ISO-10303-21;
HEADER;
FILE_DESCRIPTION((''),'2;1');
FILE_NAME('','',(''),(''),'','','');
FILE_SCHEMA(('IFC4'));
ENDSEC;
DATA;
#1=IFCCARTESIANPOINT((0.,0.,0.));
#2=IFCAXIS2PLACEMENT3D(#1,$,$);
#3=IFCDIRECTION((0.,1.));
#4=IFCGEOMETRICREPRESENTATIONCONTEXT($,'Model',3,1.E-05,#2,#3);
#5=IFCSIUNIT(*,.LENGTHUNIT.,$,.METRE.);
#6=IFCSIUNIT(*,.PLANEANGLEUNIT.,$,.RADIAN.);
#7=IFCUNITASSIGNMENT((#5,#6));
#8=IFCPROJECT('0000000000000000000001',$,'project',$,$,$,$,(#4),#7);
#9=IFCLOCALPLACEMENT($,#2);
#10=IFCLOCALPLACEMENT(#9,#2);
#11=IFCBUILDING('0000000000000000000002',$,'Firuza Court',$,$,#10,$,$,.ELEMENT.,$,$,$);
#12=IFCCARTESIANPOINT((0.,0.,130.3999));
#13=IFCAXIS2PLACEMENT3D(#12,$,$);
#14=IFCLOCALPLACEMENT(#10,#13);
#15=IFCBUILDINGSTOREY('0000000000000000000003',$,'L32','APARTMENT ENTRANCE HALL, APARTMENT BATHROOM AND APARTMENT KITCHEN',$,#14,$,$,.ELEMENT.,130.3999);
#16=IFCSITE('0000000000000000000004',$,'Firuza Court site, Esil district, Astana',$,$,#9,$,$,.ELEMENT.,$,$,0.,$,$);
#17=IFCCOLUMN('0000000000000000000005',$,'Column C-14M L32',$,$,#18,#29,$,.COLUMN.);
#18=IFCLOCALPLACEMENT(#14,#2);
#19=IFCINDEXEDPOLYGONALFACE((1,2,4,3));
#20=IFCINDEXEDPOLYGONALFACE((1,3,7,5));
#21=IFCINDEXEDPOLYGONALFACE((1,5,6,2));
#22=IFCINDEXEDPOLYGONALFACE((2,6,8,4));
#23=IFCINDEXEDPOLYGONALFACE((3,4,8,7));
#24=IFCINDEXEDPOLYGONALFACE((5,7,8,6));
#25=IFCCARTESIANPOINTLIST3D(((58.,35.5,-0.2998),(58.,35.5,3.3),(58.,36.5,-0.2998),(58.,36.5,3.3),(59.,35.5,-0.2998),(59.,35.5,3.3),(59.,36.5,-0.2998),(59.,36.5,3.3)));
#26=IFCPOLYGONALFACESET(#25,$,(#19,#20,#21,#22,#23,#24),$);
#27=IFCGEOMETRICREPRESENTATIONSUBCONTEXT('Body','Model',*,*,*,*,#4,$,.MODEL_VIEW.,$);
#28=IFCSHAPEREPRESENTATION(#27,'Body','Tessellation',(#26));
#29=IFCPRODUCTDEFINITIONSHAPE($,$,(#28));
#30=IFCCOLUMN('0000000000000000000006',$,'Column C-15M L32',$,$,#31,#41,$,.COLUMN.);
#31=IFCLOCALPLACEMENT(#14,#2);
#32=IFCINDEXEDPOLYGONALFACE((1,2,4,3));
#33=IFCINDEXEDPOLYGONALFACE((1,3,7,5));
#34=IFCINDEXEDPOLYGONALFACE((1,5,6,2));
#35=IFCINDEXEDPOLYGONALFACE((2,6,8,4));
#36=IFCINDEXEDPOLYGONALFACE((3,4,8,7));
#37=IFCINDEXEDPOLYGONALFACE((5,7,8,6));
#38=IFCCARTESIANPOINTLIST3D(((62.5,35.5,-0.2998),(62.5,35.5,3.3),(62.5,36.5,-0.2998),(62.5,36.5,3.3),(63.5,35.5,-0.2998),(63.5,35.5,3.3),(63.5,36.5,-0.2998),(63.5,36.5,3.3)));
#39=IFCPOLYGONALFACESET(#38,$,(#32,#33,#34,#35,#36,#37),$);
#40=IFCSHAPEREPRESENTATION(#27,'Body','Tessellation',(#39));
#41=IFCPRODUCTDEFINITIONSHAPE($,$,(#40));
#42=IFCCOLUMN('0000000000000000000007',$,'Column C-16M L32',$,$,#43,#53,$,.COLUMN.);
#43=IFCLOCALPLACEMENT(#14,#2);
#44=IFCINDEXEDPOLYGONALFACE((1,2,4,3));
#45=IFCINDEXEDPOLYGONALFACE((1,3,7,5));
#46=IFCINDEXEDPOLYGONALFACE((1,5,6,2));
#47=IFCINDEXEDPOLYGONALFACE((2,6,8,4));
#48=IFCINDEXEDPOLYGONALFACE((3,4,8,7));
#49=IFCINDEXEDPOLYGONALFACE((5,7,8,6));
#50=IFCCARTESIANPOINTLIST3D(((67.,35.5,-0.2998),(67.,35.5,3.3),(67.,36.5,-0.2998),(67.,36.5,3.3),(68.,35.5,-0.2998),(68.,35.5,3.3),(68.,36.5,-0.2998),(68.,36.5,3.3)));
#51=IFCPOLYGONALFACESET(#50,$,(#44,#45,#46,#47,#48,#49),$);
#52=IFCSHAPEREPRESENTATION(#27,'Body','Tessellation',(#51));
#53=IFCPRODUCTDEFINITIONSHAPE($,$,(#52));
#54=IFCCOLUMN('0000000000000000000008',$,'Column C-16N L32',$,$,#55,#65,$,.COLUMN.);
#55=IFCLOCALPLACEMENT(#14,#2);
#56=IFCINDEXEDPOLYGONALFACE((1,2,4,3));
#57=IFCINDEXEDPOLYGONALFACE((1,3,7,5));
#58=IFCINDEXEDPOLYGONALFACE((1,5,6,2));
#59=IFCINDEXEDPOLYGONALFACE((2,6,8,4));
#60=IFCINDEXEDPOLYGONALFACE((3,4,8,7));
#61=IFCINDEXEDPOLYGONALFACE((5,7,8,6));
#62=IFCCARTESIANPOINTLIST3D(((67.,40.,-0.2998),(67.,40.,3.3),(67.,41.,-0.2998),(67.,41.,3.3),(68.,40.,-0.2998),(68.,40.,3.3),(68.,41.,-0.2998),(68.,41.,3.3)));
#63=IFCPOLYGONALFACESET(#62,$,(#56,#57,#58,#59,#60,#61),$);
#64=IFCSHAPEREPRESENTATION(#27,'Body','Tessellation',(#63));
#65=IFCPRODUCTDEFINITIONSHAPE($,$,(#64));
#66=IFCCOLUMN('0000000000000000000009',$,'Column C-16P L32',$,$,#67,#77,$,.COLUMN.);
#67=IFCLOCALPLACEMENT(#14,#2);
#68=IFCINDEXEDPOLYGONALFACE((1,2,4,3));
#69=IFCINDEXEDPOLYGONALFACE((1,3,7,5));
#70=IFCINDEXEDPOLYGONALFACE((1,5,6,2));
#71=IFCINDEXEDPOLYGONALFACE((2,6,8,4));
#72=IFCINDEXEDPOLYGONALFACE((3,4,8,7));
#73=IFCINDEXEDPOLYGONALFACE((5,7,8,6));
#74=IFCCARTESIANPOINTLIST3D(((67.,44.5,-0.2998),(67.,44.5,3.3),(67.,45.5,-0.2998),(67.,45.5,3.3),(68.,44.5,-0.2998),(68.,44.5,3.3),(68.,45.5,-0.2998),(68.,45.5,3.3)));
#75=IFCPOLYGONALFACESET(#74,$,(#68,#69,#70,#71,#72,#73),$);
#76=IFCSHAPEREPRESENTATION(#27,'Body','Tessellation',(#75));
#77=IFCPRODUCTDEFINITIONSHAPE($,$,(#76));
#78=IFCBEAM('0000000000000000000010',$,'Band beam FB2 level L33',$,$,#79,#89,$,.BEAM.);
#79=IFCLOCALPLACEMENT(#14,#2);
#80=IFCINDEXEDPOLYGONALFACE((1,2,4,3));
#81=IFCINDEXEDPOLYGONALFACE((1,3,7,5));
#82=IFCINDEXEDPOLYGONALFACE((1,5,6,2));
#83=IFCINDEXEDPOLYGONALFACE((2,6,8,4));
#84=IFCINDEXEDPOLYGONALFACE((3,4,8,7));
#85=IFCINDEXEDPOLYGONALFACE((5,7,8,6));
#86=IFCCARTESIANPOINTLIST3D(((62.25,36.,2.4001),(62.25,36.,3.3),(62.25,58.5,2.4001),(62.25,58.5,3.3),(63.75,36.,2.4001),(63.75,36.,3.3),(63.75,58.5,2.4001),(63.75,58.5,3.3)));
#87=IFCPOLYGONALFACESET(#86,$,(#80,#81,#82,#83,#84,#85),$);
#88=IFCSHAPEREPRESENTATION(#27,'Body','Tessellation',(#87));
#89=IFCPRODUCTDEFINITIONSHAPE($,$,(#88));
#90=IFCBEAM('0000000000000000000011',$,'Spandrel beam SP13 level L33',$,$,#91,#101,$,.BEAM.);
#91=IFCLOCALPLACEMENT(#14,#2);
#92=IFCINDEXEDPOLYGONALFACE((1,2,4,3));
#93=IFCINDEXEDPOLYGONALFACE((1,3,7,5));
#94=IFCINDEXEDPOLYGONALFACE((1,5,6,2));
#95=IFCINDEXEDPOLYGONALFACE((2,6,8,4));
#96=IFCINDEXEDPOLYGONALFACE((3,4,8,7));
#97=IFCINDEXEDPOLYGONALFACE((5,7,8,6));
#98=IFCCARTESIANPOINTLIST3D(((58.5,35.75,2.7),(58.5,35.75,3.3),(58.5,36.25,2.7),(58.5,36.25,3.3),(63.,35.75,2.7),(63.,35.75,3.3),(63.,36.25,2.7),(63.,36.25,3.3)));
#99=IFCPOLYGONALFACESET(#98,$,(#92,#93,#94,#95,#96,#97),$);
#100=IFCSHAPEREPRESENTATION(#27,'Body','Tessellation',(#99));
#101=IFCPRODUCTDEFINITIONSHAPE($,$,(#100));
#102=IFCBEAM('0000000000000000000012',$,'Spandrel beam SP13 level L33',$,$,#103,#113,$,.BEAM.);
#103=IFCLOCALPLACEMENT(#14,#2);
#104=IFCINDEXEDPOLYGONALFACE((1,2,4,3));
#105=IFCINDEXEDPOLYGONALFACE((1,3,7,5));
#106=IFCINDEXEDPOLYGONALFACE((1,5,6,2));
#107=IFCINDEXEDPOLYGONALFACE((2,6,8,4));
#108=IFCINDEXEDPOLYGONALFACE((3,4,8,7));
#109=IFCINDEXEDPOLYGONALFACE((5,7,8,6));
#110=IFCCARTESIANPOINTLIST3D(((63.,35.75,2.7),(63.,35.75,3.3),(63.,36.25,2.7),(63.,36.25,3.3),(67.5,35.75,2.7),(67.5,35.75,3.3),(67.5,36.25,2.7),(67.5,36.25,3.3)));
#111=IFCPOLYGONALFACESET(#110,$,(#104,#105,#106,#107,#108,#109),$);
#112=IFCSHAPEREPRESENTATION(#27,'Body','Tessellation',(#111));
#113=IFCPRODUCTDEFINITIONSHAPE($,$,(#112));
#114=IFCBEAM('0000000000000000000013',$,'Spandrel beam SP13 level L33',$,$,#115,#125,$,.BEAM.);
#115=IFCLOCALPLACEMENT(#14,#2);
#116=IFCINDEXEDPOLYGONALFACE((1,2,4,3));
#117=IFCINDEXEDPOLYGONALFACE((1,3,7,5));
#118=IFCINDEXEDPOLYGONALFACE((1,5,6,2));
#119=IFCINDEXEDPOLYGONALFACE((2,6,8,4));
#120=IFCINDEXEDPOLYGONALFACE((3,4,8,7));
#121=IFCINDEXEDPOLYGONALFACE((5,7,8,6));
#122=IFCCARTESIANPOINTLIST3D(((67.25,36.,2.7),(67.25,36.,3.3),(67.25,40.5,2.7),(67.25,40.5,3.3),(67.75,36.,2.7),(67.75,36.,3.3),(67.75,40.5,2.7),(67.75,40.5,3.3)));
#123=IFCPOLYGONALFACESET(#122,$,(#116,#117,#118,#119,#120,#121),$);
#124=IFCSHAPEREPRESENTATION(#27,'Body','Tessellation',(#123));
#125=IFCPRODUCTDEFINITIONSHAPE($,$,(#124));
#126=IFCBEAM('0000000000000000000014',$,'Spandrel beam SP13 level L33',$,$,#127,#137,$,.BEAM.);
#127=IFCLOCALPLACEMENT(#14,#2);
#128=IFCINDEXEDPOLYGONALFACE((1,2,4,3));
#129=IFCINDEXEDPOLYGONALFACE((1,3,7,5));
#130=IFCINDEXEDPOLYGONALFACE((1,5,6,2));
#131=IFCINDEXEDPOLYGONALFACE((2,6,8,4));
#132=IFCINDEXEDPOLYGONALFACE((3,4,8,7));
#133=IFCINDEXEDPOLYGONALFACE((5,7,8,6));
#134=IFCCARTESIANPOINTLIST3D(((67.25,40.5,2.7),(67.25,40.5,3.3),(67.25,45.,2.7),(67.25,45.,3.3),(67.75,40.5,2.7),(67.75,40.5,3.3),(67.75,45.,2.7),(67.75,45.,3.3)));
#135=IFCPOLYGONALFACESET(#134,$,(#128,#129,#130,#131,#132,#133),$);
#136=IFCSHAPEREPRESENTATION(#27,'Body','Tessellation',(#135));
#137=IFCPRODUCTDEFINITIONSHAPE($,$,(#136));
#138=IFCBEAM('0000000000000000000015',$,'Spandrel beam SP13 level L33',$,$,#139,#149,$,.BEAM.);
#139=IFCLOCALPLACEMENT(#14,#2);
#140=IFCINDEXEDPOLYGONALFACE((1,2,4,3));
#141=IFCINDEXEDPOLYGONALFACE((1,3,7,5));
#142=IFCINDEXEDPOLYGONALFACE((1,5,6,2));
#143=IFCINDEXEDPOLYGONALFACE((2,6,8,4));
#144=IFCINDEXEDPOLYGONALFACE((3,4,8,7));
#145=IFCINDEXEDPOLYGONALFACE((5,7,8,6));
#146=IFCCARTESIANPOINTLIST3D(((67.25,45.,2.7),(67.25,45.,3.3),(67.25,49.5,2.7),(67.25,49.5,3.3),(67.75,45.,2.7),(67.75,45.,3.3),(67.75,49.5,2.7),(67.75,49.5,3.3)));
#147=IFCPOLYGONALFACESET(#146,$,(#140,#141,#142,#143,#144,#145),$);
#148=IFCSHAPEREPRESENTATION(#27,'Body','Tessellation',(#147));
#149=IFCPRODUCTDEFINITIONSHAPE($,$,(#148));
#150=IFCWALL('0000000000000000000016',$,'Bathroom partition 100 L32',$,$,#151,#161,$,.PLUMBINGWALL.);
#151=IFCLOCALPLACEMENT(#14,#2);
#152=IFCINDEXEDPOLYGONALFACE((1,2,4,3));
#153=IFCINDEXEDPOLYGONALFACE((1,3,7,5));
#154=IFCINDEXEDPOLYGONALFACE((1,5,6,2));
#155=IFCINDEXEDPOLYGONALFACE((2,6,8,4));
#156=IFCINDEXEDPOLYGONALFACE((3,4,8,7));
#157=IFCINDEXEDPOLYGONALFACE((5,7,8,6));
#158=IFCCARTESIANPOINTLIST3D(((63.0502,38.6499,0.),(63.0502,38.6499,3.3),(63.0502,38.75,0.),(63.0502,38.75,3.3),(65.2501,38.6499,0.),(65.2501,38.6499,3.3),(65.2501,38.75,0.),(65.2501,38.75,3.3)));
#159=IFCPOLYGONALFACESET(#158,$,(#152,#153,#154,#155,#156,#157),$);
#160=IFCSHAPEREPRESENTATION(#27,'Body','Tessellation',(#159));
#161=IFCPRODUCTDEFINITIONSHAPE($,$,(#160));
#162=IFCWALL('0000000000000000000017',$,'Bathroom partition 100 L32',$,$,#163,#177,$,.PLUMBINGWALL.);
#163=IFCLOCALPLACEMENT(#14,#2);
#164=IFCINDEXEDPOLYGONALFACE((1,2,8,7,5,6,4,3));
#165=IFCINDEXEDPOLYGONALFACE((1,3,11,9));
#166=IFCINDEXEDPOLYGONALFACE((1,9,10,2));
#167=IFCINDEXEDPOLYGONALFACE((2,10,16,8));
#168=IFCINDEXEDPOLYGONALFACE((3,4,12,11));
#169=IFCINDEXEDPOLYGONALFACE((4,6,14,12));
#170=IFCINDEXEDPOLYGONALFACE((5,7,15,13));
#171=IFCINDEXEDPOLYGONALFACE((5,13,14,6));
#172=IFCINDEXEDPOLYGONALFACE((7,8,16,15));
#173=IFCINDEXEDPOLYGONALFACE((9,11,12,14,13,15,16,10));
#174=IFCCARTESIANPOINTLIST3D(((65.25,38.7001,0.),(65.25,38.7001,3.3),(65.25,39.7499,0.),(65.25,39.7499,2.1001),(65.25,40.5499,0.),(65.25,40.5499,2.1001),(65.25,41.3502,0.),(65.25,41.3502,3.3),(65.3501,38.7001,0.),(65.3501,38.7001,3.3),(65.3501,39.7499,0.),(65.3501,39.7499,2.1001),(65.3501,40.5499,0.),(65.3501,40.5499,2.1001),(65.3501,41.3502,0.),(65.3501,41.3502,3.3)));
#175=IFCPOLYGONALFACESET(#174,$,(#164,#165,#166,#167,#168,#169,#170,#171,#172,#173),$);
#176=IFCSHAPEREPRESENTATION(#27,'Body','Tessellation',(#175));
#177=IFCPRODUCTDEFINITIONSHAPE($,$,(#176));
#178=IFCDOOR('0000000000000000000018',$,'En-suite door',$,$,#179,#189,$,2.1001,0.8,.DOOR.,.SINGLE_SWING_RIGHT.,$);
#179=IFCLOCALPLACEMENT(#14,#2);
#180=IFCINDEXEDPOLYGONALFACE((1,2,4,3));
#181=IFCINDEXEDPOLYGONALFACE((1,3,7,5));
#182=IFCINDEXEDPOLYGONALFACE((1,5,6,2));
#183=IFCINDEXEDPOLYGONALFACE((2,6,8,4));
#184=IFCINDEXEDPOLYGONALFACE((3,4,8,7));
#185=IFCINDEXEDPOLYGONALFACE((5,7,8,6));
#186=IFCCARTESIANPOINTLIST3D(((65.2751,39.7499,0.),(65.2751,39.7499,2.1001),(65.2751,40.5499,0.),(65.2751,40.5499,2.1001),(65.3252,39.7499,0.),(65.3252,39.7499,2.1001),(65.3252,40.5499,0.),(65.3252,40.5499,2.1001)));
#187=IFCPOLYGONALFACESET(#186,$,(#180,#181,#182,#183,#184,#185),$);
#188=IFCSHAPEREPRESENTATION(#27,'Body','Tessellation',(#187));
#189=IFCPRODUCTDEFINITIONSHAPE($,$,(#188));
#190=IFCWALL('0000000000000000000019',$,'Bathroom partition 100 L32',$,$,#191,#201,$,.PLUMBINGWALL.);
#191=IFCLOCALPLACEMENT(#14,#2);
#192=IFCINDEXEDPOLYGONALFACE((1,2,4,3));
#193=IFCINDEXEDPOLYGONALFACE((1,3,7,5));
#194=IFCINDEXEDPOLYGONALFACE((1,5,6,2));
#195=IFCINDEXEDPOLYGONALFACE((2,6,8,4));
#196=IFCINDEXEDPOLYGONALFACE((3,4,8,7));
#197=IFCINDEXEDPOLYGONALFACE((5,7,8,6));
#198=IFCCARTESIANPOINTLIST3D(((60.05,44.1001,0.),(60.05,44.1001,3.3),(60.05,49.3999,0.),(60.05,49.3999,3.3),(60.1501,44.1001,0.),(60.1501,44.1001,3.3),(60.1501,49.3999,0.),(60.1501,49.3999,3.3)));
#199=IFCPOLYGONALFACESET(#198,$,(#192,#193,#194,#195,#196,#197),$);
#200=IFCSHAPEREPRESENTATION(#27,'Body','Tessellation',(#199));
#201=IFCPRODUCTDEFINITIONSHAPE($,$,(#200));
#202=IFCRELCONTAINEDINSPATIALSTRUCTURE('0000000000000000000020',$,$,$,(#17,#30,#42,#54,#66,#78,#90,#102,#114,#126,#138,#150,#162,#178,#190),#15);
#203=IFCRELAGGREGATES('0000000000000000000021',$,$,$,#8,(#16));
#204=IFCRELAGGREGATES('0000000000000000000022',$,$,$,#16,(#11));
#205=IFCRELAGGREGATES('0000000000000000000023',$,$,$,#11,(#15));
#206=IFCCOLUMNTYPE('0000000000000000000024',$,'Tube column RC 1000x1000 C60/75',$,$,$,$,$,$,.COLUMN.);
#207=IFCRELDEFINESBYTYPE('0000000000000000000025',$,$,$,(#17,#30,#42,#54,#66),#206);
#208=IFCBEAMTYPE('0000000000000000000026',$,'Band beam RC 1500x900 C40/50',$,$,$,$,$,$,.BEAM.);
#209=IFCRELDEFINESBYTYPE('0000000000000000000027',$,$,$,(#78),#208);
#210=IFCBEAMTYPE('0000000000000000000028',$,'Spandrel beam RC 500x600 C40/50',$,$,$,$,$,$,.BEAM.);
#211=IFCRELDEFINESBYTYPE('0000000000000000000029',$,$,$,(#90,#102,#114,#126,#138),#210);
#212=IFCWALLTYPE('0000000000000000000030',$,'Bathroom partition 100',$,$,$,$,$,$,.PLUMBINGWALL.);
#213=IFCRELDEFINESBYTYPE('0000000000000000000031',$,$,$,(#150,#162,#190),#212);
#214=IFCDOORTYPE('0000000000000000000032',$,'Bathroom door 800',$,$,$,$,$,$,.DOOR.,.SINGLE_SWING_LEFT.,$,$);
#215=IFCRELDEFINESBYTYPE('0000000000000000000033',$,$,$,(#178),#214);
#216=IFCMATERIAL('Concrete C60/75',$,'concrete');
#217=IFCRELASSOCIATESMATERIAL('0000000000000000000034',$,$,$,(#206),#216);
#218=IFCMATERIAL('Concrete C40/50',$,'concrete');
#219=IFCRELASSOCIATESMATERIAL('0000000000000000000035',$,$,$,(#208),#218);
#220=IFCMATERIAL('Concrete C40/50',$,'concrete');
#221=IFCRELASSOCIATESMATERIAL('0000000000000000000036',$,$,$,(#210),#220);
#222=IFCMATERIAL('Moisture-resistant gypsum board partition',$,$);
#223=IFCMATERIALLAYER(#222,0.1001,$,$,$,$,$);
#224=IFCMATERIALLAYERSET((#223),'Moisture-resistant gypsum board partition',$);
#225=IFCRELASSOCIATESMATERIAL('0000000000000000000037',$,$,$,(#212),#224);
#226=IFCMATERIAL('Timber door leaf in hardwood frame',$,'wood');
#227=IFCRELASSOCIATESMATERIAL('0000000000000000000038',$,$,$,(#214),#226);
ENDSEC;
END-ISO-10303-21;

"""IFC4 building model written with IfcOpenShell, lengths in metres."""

from ifc_helpers import new_model, si_unit, direction, frame, frame_2d, origin, origin_2d, place, context, subcontext, project, spatial, rectangle, extrude, material, layer, layer_set, material_profile, profile_set, type_object, element, fill, save


model = new_model("IFC4")

# Units and contexts
model_context = context("Model", 3, precision=1e-05, world=origin(), true_north=direction((0.0, 1.0)))
body_context = subcontext(model_context, "Body", "Model", "MODEL_VIEW")
ifc_project = project(units=[si_unit("LENGTHUNIT", "METRE"), si_unit("PLANEANGLEUNIT", "RADIAN")], contexts=[model_context])

# Site, building, storey
site_placement = place(None, origin())
site = spatial("IfcSite", under=ifc_project, at=site_placement, Name="Firuza Court site, Esil district, Astana", CompositionType="ELEMENT", RefElevation=0.0)
building_placement = place(site_placement, origin())
building = spatial("IfcBuilding", under=site, at=building_placement, Name="Firuza Court", CompositionType="ELEMENT")
storey_placement = place(building_placement, frame((0.0, 0.0, 130.3999)))
storey = spatial("IfcBuildingStorey", under=building, at=storey_placement, Name="L32", Description="APARTMENT ENTRANCE HALL, APARTMENT BATHROOM AND APARTMENT KITCHEN", CompositionType="ELEMENT", Elevation=130.3999)

# Columns
ifc_material_1 = material(Name="Concrete C60/75", Category="concrete")
ifc_material_profile_1 = material_profile(ifc_material_1, rectangle(XDim=1.0, YDim=1.0, at=origin_2d()), Name="RC 1000x1000")
ifc_profile_set_1 = profile_set([ifc_material_profile_1], Name="Concrete C60/75")
column_type = type_object("IfcColumnType", Name="Tube column RC 1000x1000 C60/75", PredefinedType="COLUMN", material=ifc_profile_set_1)
for number, where, z_axis, x_axis, name in (
    (1, (58.5, 36.0, -0.2998), (0.0, 0.0, 1.0), (1.0, 0.0, 0.0), "Column C-14M L32"),
    (2, (63.0, 36.0, -0.2998), (0.0, 0.0, 1.0), (1.0, 0.0, 0.0), "Column C-15M L32"),
    (3, (67.5, 36.0, -0.2998), (0.0, 0.0, 1.0), (1.0, 0.0, 0.0), "Column C-16M L32"),
    (4, (67.5, 40.5, -0.2998), (0.0, 0.0, 1.0), (1.0, 0.0, 0.0), "Column C-16N L32"),
    (5, (67.5, 45.0, -0.2998), (0.0, 0.0, 1.0), (1.0, 0.0, 0.0), "Column C-16P L32"),
):
    element("IfcColumn", number, at=place(storey_placement, frame(where, z_axis=z_axis, x_axis=x_axis)), inside=storey, type_object=column_type, Name=name, PredefinedType="COLUMN", context=body_context, shape_type="SweptSolid", body=[
        extrude(rectangle(XDim=1.0, YDim=1.0, at=origin_2d()), origin(), (0.0, 0.0, 1.0), 3.5999),
    ])

# Beams
ifc_material_2 = material(Name="Concrete C40/50", Category="concrete")
ifc_material_profile_2 = material_profile(ifc_material_2, rectangle(XDim=1.5, YDim=0.8999, at=origin_2d()), Name="RC 1500x900")
ifc_profile_set_2 = profile_set([ifc_material_profile_2], Name="Concrete C40/50")
beam_type_1 = type_object("IfcBeamType", Name="Band beam RC 1500x900 C40/50", PredefinedType="BEAM", material=ifc_profile_set_2)
beam_placement = place(storey_placement, frame((63.0, 36.0, 2.8501), z_axis=(0.0, 1.0, 0.0), x_axis=(-1.0, 0.0, 0.0)))
element("IfcBeam", 6, at=beam_placement, inside=storey, type_object=beam_type_1, Name="Band beam FB2 level L33", PredefinedType="BEAM", context=body_context, shape_type="SweptSolid", body=[
    extrude(rectangle(XDim=1.5, YDim=0.8999, at=origin_2d()), origin(), (0.0, 0.0, 1.0), 22.5),
])
ifc_material_3 = material(Name="Concrete C40/50", Category="concrete")
ifc_material_profile_3 = material_profile(ifc_material_3, rectangle(XDim=0.5, YDim=0.6001, at=origin_2d()), Name="RC 500x600")
ifc_profile_set_3 = profile_set([ifc_material_profile_3], Name="Concrete C40/50")
beam_type_2 = type_object("IfcBeamType", Name="Spandrel beam RC 500x600 C40/50", PredefinedType="BEAM", material=ifc_profile_set_3)
for number, where, z_axis, x_axis, name in (
    (7, (58.5, 36.0, 3.0), (1.0, 0.0, 0.0), (0.0, 1.0, 0.0), "Spandrel beam SP13 level L33"),
    (8, (63.0, 36.0, 3.0), (1.0, 0.0, 0.0), (0.0, 1.0, 0.0), "Spandrel beam SP13 level L33"),
    (9, (67.5, 36.0, 3.0), (0.0, 1.0, 0.0), (-1.0, 0.0, 0.0), "Spandrel beam SP13 level L33"),
    (10, (67.5, 40.5, 3.0), (0.0, 1.0, 0.0), (-1.0, 0.0, 0.0), "Spandrel beam SP13 level L33"),
    (11, (67.5, 45.0, 3.0), (0.0, 1.0, 0.0), (-1.0, 0.0, 0.0), "Spandrel beam SP13 level L33"),
):
    element("IfcBeam", number, at=place(storey_placement, frame(where, z_axis=z_axis, x_axis=x_axis)), inside=storey, type_object=beam_type_2, Name=name, PredefinedType="BEAM", context=body_context, shape_type="SweptSolid", body=[
        extrude(rectangle(XDim=0.5, YDim=0.6001, at=origin_2d()), origin(), (0.0, 0.0, 1.0), 4.5),
    ])

# Wall
ifc_material_4 = material(Name="Moisture-resistant gypsum board partition")
ifc_layer_1 = layer(ifc_material_4, 0.1001)
ifc_layer_set_1 = layer_set([ifc_layer_1], Name="Moisture-resistant gypsum board partition")
wall_type_1 = type_object("IfcWallType", Name="Bathroom partition 100", PredefinedType="PLUMBINGWALL", material=ifc_layer_set_1)
wall_1_placement = place(storey_placement, frame((63.05, 38.7, 0.0), z_axis=(0.0, 0.0, 1.0), x_axis=(1.0, 0.0, 0.0)))
element("IfcWall", 12, at=wall_1_placement, inside=storey, type_object=wall_type_1, Name="Bathroom partition 100 L32", PredefinedType="PLUMBINGWALL", context=body_context, shape_type="SweptSolid", body=[
    extrude(rectangle(XDim=2.2, YDim=0.1001, at=frame_2d((1.1001, 0.0))), origin(), (0.0, 0.0, 1.0), 3.3),
])

# Wall, opening, door
wall_2_placement = place(storey_placement, frame((65.3, 38.7, 0.0), z_axis=(0.0, 0.0, 1.0), x_axis=(0.0, 1.0, 0.0)))
wall_2 = element("IfcWall", 13, at=wall_2_placement, inside=storey, type_object=wall_type_1, Name="Bathroom partition 100 L32", PredefinedType="PLUMBINGWALL", context=body_context, shape_type="SweptSolid", body=[
    extrude(rectangle(XDim=2.6501, YDim=0.1001, at=frame_2d((1.3252, 0.0))), origin(), (0.0, 0.0, 1.0), 3.3),
])
opening_1_placement = place(wall_2_placement, frame((1.05, 0.0, 0.0)))
opening_1 = element("IfcOpeningElement", 14, at=opening_1_placement, cuts=wall_2, PredefinedType="OPENING", context=body_context, shape_type="SweptSolid", body=[
    extrude(rectangle(XDim=0.8, YDim=2.1001, at=frame_2d((0.3999, 1.05))), frame((0.0, 0.062, 0.0), z_axis=(0.0, -1.0, 0.0), x_axis=(1.0, 0.0, 0.0)), (0.0, 0.0, 1.0), 0.124),
])
ifc_material_5 = material(Name="Timber door leaf in hardwood frame", Category="wood")
door_type_1 = type_object("IfcDoorType", Name="Bathroom door 800", OperationType="SINGLE_SWING_LEFT", PredefinedType="DOOR", material=ifc_material_5)
door_1_placement = place(opening_1_placement, origin())
door_1 = element("IfcDoor", 15, at=door_1_placement, inside=storey, type_object=door_type_1, Name="En-suite door", OperationType="SINGLE_SWING_RIGHT", OverallHeight=2.1001, OverallWidth=0.8, PredefinedType="DOOR", context=body_context, shape_type="SweptSolid", body=[
    extrude(rectangle(XDim=0.8, YDim=2.1001, at=frame_2d((0.3999, 1.05))), frame((0.0, 0.0249, 0.0), z_axis=(0.0, -1.0, 0.0), x_axis=(1.0, 0.0, 0.0)), (0.0, 0.0, 1.0), 0.05),
])
fill(opening_1, door_1)

# Wall
wall_3_placement = place(storey_placement, frame((60.1001, 44.1001, 0.0), z_axis=(0.0, 0.0, 1.0), x_axis=(0.0, 1.0, 0.0)))
element("IfcWall", 16, at=wall_3_placement, inside=storey, type_object=wall_type_1, Name="Bathroom partition 100 L32", PredefinedType="PLUMBINGWALL", context=body_context, shape_type="SweptSolid", body=[
    extrude(rectangle(XDim=5.2998, YDim=0.1001, at=frame_2d((2.6499, 0.0))), origin(), (0.0, 0.0, 1.0), 3.3),
])

save(model, "model.ifc")
